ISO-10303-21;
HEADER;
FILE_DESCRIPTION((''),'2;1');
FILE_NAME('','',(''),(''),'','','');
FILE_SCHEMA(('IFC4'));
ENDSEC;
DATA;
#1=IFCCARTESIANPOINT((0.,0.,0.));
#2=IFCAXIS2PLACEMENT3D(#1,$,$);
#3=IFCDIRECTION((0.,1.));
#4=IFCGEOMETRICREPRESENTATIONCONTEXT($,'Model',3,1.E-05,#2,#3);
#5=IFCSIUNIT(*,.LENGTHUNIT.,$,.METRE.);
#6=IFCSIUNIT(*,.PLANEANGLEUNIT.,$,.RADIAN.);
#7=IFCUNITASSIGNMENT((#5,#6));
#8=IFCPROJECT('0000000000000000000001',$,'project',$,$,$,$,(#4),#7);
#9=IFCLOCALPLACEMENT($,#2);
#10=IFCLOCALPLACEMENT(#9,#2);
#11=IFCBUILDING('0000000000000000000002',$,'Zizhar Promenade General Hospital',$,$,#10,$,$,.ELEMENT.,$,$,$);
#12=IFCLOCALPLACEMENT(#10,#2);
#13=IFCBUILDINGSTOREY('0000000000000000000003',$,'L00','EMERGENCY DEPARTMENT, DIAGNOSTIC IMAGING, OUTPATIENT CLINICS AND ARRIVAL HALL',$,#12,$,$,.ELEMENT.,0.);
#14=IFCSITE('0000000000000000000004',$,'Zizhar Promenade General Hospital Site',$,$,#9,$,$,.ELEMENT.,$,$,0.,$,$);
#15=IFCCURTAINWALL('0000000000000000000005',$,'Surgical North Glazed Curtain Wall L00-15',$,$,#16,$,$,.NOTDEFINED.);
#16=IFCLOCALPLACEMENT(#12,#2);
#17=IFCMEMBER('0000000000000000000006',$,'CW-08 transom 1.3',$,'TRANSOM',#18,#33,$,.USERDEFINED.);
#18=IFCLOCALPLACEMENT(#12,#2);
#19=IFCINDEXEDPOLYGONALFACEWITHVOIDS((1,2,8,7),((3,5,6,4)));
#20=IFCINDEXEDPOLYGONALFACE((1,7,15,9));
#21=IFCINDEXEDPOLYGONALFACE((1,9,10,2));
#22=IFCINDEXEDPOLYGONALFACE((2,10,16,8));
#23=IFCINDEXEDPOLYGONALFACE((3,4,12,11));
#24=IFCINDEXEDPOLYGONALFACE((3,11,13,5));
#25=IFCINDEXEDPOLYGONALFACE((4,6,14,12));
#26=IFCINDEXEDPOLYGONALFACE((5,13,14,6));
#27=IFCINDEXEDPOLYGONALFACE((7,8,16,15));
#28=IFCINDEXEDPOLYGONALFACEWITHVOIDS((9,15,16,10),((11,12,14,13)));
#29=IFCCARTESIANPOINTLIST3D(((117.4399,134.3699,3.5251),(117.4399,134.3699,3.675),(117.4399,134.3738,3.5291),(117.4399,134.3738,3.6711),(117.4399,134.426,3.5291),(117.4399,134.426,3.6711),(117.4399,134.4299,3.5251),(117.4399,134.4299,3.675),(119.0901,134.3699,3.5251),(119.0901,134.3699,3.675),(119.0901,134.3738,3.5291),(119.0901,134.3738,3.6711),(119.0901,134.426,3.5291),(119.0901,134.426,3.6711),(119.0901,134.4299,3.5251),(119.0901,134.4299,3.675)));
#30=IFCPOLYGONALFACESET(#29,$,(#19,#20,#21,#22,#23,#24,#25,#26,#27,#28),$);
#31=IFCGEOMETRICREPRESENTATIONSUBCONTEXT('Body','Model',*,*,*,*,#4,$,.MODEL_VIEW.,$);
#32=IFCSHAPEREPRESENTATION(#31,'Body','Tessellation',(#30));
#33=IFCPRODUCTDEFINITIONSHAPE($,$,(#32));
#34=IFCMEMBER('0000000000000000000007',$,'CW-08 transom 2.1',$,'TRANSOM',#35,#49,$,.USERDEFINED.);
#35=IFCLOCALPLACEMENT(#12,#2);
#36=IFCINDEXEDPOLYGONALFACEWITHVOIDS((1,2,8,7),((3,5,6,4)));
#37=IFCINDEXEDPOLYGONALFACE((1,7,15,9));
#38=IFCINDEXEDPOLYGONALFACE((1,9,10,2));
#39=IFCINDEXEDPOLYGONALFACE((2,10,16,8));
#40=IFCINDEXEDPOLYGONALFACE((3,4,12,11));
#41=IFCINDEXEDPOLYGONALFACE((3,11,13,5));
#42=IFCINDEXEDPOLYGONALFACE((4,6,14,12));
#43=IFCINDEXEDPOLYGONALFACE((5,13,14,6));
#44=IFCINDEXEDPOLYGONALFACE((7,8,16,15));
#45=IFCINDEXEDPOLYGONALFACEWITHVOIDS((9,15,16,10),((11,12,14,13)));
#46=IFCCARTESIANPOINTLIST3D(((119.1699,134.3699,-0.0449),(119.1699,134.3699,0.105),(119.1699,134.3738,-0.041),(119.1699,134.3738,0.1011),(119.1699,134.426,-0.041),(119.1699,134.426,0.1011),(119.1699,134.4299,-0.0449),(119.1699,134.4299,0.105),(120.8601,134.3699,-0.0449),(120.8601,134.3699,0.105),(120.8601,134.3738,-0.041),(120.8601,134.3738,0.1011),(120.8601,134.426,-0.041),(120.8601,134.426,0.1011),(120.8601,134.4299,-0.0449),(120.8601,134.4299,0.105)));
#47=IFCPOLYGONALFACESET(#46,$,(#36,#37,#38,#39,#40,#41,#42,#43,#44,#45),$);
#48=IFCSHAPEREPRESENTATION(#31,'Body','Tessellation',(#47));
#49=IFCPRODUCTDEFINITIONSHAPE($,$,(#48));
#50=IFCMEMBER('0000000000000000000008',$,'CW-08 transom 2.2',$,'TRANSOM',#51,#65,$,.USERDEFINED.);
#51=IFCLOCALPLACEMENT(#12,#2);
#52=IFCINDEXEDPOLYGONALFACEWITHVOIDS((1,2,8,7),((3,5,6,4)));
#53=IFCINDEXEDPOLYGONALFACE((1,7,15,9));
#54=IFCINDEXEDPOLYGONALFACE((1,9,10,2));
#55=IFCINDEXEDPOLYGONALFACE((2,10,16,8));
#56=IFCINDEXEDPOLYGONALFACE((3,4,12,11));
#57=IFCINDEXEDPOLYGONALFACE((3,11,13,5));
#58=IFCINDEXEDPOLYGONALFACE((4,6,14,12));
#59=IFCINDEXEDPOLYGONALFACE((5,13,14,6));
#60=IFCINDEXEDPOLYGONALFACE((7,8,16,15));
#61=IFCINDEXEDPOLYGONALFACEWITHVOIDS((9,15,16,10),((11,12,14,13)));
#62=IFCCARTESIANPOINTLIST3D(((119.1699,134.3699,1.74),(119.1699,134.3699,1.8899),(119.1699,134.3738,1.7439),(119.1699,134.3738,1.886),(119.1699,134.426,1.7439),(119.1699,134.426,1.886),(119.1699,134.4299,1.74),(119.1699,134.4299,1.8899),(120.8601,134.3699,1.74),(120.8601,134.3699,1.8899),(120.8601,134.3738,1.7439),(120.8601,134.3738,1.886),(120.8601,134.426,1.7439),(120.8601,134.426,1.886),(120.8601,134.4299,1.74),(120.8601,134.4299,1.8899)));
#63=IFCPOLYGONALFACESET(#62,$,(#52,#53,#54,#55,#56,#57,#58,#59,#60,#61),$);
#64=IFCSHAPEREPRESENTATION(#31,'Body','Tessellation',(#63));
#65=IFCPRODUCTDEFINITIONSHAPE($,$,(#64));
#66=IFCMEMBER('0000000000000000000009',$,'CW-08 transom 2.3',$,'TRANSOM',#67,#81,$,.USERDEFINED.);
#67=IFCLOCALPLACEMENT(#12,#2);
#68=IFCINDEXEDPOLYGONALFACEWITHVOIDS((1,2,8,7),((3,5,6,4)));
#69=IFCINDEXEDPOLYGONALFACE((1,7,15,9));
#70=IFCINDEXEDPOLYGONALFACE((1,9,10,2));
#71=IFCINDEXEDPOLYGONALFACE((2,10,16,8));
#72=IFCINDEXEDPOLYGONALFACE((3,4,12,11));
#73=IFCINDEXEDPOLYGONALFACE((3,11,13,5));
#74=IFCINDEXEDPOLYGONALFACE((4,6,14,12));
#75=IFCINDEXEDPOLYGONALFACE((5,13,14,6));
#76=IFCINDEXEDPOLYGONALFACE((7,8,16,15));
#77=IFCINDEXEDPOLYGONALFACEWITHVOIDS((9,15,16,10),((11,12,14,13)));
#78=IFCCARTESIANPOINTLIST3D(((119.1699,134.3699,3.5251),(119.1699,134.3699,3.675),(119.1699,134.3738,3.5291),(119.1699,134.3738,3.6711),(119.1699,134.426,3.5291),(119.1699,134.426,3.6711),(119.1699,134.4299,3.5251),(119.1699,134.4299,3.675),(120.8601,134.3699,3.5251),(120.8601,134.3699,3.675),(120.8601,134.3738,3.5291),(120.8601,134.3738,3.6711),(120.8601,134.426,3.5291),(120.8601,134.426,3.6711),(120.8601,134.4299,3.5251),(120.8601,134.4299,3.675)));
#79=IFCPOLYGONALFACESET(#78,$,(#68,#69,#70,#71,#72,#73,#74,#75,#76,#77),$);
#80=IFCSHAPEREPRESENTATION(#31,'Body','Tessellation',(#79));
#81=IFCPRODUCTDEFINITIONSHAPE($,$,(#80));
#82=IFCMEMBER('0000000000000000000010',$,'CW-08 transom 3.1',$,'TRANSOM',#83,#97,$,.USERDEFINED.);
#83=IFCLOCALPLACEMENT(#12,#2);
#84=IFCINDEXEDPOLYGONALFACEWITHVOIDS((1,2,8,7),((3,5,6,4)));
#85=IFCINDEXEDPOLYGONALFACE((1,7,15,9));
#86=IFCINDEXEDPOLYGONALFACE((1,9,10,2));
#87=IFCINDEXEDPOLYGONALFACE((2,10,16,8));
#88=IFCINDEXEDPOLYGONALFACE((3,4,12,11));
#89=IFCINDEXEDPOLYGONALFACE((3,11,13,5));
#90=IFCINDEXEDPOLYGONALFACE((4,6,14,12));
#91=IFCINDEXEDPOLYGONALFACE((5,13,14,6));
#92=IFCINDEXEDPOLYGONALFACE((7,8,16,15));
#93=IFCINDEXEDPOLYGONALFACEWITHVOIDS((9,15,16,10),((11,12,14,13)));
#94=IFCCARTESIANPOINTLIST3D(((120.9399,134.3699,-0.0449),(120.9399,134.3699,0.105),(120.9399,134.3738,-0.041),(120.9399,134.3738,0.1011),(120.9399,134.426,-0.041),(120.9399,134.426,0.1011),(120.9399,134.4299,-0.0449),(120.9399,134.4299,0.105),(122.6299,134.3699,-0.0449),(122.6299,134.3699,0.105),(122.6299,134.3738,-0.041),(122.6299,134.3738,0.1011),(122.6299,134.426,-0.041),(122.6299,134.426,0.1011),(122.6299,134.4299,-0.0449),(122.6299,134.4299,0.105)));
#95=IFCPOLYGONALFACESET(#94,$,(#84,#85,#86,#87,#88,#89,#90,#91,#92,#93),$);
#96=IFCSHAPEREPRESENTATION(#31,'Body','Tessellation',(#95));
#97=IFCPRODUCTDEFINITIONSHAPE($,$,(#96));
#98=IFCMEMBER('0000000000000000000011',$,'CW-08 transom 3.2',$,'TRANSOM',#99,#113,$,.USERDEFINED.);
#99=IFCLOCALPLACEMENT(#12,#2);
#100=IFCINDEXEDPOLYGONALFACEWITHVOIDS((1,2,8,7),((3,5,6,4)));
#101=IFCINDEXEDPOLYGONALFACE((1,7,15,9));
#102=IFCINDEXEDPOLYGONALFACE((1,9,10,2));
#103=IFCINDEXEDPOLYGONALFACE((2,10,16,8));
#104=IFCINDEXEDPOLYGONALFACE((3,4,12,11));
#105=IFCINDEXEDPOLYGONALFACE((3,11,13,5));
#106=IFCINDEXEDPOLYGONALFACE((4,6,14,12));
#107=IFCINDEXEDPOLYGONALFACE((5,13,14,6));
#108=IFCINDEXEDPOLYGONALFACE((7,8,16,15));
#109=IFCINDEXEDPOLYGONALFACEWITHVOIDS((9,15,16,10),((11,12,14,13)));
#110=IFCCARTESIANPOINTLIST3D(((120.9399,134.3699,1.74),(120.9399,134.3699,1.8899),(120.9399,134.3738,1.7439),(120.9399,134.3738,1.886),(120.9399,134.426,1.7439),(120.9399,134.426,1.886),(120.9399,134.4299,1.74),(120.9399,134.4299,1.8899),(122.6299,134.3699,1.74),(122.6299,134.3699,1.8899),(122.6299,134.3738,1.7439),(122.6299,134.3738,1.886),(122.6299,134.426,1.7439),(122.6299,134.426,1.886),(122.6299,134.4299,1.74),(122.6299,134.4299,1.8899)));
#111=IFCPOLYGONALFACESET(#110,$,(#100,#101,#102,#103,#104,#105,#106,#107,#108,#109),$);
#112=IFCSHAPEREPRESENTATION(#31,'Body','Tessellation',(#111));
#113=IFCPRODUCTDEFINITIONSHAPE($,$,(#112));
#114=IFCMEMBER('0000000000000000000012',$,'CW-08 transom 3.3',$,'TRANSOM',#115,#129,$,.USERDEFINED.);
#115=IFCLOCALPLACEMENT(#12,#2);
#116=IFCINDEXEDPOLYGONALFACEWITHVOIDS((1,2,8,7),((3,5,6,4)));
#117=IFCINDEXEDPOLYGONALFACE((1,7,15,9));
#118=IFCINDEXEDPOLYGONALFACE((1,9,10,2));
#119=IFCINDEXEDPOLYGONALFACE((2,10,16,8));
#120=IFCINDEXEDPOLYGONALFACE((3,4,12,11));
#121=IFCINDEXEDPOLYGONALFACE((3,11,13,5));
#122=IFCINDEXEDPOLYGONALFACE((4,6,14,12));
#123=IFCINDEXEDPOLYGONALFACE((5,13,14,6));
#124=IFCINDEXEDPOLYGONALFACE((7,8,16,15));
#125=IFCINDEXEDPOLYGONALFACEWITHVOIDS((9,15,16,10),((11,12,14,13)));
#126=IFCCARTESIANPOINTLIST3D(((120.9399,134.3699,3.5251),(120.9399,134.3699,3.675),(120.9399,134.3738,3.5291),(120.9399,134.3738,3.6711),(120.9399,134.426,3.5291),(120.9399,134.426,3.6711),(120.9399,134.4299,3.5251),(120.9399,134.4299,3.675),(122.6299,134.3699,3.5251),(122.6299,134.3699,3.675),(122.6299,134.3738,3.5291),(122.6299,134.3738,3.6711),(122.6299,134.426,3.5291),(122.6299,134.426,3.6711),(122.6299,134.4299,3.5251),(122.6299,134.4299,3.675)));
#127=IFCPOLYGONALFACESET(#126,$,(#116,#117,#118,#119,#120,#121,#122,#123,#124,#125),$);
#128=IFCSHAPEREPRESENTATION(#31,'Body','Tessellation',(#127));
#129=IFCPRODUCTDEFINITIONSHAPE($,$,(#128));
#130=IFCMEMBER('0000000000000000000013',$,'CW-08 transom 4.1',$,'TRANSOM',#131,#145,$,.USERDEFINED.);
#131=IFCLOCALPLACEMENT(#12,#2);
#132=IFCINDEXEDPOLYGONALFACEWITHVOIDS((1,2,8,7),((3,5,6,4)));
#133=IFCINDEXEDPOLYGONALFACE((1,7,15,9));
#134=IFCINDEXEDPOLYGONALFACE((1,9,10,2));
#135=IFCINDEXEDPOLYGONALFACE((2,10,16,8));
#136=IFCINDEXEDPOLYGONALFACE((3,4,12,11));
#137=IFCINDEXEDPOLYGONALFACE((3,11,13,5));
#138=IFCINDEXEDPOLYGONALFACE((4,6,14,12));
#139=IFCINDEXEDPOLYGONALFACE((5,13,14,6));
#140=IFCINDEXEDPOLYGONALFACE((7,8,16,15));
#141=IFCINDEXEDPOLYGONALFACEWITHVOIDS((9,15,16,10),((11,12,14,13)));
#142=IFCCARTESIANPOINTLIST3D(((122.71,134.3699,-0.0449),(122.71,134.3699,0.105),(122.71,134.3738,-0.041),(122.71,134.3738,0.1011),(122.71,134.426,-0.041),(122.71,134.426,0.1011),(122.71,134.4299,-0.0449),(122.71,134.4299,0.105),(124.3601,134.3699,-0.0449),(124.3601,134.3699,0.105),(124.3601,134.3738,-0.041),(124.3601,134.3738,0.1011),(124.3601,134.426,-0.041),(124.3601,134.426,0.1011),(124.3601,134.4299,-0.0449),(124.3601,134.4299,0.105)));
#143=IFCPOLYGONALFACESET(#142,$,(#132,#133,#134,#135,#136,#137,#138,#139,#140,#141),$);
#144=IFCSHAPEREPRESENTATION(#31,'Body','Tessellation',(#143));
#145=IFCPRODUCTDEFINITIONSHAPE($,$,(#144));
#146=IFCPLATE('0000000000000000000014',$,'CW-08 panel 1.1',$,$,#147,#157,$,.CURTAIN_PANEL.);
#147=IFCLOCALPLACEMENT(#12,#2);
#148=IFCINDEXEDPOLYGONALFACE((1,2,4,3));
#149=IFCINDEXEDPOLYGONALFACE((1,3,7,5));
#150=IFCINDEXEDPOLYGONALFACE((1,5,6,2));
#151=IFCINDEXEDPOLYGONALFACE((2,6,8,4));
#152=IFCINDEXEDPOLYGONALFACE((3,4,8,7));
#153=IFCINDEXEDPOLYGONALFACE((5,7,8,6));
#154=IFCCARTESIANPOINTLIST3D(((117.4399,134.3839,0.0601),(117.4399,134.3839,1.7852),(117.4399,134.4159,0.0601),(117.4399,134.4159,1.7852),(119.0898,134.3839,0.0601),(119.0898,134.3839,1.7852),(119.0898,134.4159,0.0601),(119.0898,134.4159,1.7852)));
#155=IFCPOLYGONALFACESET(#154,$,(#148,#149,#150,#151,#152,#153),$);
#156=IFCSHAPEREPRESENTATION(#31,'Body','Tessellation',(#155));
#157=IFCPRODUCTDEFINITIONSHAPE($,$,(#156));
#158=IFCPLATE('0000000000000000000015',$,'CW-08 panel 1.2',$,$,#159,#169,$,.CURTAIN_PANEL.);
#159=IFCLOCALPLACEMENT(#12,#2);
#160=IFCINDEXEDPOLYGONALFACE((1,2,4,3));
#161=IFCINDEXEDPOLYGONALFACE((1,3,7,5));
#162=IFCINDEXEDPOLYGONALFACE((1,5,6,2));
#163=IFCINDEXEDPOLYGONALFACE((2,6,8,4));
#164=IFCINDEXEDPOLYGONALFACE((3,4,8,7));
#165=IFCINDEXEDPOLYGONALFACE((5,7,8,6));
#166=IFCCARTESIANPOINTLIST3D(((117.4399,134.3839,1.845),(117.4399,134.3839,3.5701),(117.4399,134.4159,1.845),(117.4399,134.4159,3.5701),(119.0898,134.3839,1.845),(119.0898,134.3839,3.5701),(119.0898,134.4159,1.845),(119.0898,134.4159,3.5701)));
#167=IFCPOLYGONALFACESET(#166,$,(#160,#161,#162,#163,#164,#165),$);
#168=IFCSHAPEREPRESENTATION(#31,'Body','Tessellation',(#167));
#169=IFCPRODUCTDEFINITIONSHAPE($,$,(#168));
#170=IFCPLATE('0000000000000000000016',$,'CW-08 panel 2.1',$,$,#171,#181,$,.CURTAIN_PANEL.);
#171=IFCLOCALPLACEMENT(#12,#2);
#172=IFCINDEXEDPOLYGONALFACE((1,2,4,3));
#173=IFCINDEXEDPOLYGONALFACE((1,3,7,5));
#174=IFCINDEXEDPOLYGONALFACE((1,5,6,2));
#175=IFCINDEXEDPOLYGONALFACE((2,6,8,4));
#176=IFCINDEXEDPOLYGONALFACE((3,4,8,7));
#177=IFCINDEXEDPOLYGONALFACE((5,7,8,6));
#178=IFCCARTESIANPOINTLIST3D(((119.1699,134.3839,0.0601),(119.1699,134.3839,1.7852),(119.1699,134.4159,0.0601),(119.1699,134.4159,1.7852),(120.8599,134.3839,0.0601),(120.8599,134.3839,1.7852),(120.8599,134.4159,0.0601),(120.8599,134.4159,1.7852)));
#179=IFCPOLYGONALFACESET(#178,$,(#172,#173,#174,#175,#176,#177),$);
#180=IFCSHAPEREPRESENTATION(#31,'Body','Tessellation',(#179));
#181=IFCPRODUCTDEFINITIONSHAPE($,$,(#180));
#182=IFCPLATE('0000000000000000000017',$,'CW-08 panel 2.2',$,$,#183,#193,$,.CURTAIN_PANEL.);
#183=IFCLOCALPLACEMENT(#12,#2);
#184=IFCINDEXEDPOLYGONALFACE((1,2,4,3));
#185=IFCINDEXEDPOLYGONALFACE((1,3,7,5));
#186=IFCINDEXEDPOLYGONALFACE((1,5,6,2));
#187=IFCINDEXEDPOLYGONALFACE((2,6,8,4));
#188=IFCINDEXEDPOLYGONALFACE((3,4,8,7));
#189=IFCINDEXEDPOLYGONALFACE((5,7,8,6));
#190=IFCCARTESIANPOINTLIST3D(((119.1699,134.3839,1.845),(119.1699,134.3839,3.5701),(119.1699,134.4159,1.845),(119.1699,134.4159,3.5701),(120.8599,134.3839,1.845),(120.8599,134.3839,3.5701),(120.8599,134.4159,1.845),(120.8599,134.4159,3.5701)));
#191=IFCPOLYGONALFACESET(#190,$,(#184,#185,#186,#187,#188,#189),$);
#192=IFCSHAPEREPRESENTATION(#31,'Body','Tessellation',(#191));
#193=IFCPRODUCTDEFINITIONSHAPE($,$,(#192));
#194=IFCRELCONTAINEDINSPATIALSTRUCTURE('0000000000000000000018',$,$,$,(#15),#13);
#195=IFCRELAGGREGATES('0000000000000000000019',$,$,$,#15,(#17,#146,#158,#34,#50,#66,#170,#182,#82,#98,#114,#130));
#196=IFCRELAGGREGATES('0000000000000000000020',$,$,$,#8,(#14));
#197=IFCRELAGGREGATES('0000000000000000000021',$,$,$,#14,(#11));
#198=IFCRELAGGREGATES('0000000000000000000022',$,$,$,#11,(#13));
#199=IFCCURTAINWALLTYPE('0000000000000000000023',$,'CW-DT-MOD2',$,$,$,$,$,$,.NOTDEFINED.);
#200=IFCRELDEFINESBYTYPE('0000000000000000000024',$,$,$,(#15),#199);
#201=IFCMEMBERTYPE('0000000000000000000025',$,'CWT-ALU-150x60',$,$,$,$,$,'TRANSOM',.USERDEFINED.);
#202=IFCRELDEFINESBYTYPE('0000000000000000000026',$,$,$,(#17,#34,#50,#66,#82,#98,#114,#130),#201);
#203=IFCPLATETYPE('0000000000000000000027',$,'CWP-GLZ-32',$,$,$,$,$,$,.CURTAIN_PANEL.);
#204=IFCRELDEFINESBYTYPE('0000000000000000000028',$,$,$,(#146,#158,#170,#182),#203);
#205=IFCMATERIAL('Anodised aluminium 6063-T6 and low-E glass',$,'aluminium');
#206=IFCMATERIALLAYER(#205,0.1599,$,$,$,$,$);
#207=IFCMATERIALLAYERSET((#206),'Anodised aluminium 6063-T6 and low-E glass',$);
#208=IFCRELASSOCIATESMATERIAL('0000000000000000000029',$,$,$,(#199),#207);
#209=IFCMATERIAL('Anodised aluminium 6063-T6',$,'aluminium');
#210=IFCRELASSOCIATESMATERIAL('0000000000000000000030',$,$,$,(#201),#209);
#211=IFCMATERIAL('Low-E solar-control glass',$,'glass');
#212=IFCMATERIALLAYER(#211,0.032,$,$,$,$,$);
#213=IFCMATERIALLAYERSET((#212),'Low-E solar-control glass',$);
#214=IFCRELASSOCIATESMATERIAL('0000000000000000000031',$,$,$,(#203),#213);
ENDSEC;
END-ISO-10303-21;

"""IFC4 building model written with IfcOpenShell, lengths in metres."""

from ifc_helpers import new_model, si_unit, direction, frame, origin, origin_2d, place, context, subcontext, project, spatial, rectangle, hollow_rectangle, extrude, material, layer, layer_set, material_profile, profile_set, type_object, element, aggregate, save


model = new_model("IFC4")

# Units and contexts
model_context = context("Model", 3, precision=1e-05, world=origin(), true_north=direction((0.0, 1.0)))
body_context = subcontext(model_context, "Body", "Model", "MODEL_VIEW")
ifc_project = project(units=[si_unit("LENGTHUNIT", "METRE"), si_unit("PLANEANGLEUNIT", "RADIAN")], contexts=[model_context])

# Site, building, storey
site_placement = place(None, origin())
site = spatial("IfcSite", under=ifc_project, at=site_placement, Name="Zizhar Promenade General Hospital Site", CompositionType="ELEMENT", RefElevation=0.0)
building_placement = place(site_placement, origin())
building = spatial("IfcBuilding", under=site, at=building_placement, Name="Zizhar Promenade General Hospital", CompositionType="ELEMENT")
storey_placement = place(building_placement, origin())
storey = spatial("IfcBuildingStorey", under=building, at=storey_placement, Name="L00", Description="EMERGENCY DEPARTMENT, DIAGNOSTIC IMAGING, OUTPATIENT CLINICS AND ARRIVAL HALL", CompositionType="ELEMENT", Elevation=0.0)

# Curtain wall, members, plates
ifc_material_1 = material(Name="Anodised aluminium 6063-T6 and low-E glass", Category="aluminium")
ifc_layer_1 = layer(ifc_material_1, 0.1599)
ifc_layer_set_1 = layer_set([ifc_layer_1], Name="Anodised aluminium 6063-T6 and low-E glass")
curtain_wall_type = type_object("IfcCurtainWallType", Name="CW-DT-MOD2", PredefinedType="NOTDEFINED", material=ifc_layer_set_1)
curtain_wall_placement = place(storey_placement, origin())
curtain_wall = element("IfcCurtainWall", 1, at=curtain_wall_placement, inside=storey, type_object=curtain_wall_type, Name="Surgical North Glazed Curtain Wall L00-15", PredefinedType="NOTDEFINED")
ifc_material_2 = material(Name="Anodised aluminium 6063-T6", Category="aluminium")
ifc_material_profile_1 = material_profile(ifc_material_2, hollow_rectangle(XDim=0.0601, YDim=0.1499, WallThickness=0.0039, at=origin_2d()))
ifc_profile_set_1 = profile_set([ifc_material_profile_1], Name="Anodised aluminium 6063-T6")
member_type_1 = type_object("IfcMemberType", Name="CWT-ALU-150x60", ElementType="TRANSOM", PredefinedType="USERDEFINED", material=ifc_profile_set_1)
member_1_placement = place(storey_placement, frame((117.4399, 134.3999, 3.6001), z_axis=(1.0, 0.0, 0.0), x_axis=(0.0, 1.0, 0.0)))
member_1 = element("IfcMember", 2, at=member_1_placement, type_object=member_type_1, Name="CW-08 transom 1.3", ObjectType="TRANSOM", PredefinedType="USERDEFINED", context=body_context, shape_type="SweptSolid", body=[
    extrude(hollow_rectangle(XDim=0.0601, YDim=0.1499, WallThickness=0.0039, at=origin_2d()), origin(), (0.0, 0.0, 1.0), 1.6501),
])
member_2_placement = place(storey_placement, frame((119.1699, 134.3999, 0.03), z_axis=(1.0, 0.0, 0.0), x_axis=(0.0, 1.0, 0.0)))
member_2 = element("IfcMember", 3, at=member_2_placement, type_object=member_type_1, Name="CW-08 transom 2.1", ObjectType="TRANSOM", PredefinedType="USERDEFINED", context=body_context, shape_type="SweptSolid", body=[
    extrude(hollow_rectangle(XDim=0.0601, YDim=0.1499, WallThickness=0.0039, at=origin_2d()), origin(), (0.0, 0.0, 1.0), 1.6902),
])
member_3_placement = place(storey_placement, frame((119.1699, 134.3999, 1.8149), z_axis=(1.0, 0.0, 0.0), x_axis=(0.0, 1.0, 0.0)))
member_3 = element("IfcMember", 4, at=member_3_placement, type_object=member_type_1, Name="CW-08 transom 2.2", ObjectType="TRANSOM", PredefinedType="USERDEFINED", context=body_context, shape_type="SweptSolid", body=[
    extrude(hollow_rectangle(XDim=0.0601, YDim=0.1499, WallThickness=0.0039, at=origin_2d()), origin(), (0.0, 0.0, 1.0), 1.6902),
])
member_4_placement = place(storey_placement, frame((119.1699, 134.3999, 3.6001), z_axis=(1.0, 0.0, 0.0), x_axis=(0.0, 1.0, 0.0)))
member_4 = element("IfcMember", 5, at=member_4_placement, type_object=member_type_1, Name="CW-08 transom 2.3", ObjectType="TRANSOM", PredefinedType="USERDEFINED", context=body_context, shape_type="SweptSolid", body=[
    extrude(hollow_rectangle(XDim=0.0601, YDim=0.1499, WallThickness=0.0039, at=origin_2d()), origin(), (0.0, 0.0, 1.0), 1.6902),
])
member_5_placement = place(storey_placement, frame((120.9399, 134.3999, 0.03), z_axis=(1.0, 0.0, 0.0), x_axis=(0.0, 1.0, 0.0)))
member_5 = element("IfcMember", 6, at=member_5_placement, type_object=member_type_1, Name="CW-08 transom 3.1", ObjectType="TRANSOM", PredefinedType="USERDEFINED", context=body_context, shape_type="SweptSolid", body=[
    extrude(hollow_rectangle(XDim=0.0601, YDim=0.1499, WallThickness=0.0039, at=origin_2d()), origin(), (0.0, 0.0, 1.0), 1.6899),
])
member_6_placement = place(storey_placement, frame((120.9399, 134.3999, 1.8149), z_axis=(1.0, 0.0, 0.0), x_axis=(0.0, 1.0, 0.0)))
member_6 = element("IfcMember", 7, at=member_6_placement, type_object=member_type_1, Name="CW-08 transom 3.2", ObjectType="TRANSOM", PredefinedType="USERDEFINED", context=body_context, shape_type="SweptSolid", body=[
    extrude(hollow_rectangle(XDim=0.0601, YDim=0.1499, WallThickness=0.0039, at=origin_2d()), origin(), (0.0, 0.0, 1.0), 1.6899),
])
member_7_placement = place(storey_placement, frame((120.9399, 134.3999, 3.6001), z_axis=(1.0, 0.0, 0.0), x_axis=(0.0, 1.0, 0.0)))
member_7 = element("IfcMember", 8, at=member_7_placement, type_object=member_type_1, Name="CW-08 transom 3.3", ObjectType="TRANSOM", PredefinedType="USERDEFINED", context=body_context, shape_type="SweptSolid", body=[
    extrude(hollow_rectangle(XDim=0.0601, YDim=0.1499, WallThickness=0.0039, at=origin_2d()), origin(), (0.0, 0.0, 1.0), 1.6899),
])
member_8_placement = place(storey_placement, frame((122.71, 134.3999, 0.03), z_axis=(1.0, 0.0, 0.0), x_axis=(0.0, 1.0, 0.0)))
member_8 = element("IfcMember", 9, at=member_8_placement, type_object=member_type_1, Name="CW-08 transom 4.1", ObjectType="TRANSOM", PredefinedType="USERDEFINED", context=body_context, shape_type="SweptSolid", body=[
    extrude(hollow_rectangle(XDim=0.0601, YDim=0.1499, WallThickness=0.0039, at=origin_2d()), origin(), (0.0, 0.0, 1.0), 1.6501),
])
ifc_material_3 = material(Name="Low-E solar-control glass", Category="glass")
ifc_layer_2 = layer(ifc_material_3, 0.032)
ifc_layer_set_2 = layer_set([ifc_layer_2], Name="Low-E solar-control glass")
plate_type = type_object("IfcPlateType", Name="CWP-GLZ-32", PredefinedType="CURTAIN_PANEL", material=ifc_layer_set_2)
plate_1_placement = place(storey_placement, frame((118.2649, 134.3999, 0.0601), z_axis=(0.0, 0.0, 1.0), x_axis=(1.0, 0.0, 0.0)))
plate_1 = element("IfcPlate", 10, at=plate_1_placement, type_object=plate_type, Name="CW-08 panel 1.1", PredefinedType="CURTAIN_PANEL", context=body_context, shape_type="SweptSolid", body=[
    extrude(rectangle(XDim=1.6499, YDim=0.032, at=origin_2d()), origin(), (0.0, 0.0, 1.0), 1.7251),
])
plate_2_placement = place(storey_placement, frame((118.2649, 134.3999, 1.845), z_axis=(0.0, 0.0, 1.0), x_axis=(1.0, 0.0, 0.0)))
plate_2 = element("IfcPlate", 11, at=plate_2_placement, type_object=plate_type, Name="CW-08 panel 1.2", PredefinedType="CURTAIN_PANEL", context=body_context, shape_type="SweptSolid", body=[
    extrude(rectangle(XDim=1.6499, YDim=0.032, at=origin_2d()), origin(), (0.0, 0.0, 1.0), 1.7251),
])
plate_3_placement = place(storey_placement, frame((120.0149, 134.3999, 0.0601), z_axis=(0.0, 0.0, 1.0), x_axis=(1.0, 0.0, 0.0)))
plate_3 = element("IfcPlate", 12, at=plate_3_placement, type_object=plate_type, Name="CW-08 panel 2.1", PredefinedType="CURTAIN_PANEL", context=body_context, shape_type="SweptSolid", body=[
    extrude(rectangle(XDim=1.6899, YDim=0.032, at=origin_2d()), origin(), (0.0, 0.0, 1.0), 1.7251),
])
plate_4_placement = place(storey_placement, frame((120.0149, 134.3999, 1.845), z_axis=(0.0, 0.0, 1.0), x_axis=(1.0, 0.0, 0.0)))
plate_4 = element("IfcPlate", 13, at=plate_4_placement, type_object=plate_type, Name="CW-08 panel 2.2", PredefinedType="CURTAIN_PANEL", context=body_context, shape_type="SweptSolid", body=[
    extrude(rectangle(XDim=1.6899, YDim=0.032, at=origin_2d()), origin(), (0.0, 0.0, 1.0), 1.7251),
])
aggregate(curtain_wall, [member_1, plate_1, plate_2, member_2, member_3, member_4, plate_3, plate_4, member_5, member_6, member_7, member_8])

save(model, "model.ifc")
